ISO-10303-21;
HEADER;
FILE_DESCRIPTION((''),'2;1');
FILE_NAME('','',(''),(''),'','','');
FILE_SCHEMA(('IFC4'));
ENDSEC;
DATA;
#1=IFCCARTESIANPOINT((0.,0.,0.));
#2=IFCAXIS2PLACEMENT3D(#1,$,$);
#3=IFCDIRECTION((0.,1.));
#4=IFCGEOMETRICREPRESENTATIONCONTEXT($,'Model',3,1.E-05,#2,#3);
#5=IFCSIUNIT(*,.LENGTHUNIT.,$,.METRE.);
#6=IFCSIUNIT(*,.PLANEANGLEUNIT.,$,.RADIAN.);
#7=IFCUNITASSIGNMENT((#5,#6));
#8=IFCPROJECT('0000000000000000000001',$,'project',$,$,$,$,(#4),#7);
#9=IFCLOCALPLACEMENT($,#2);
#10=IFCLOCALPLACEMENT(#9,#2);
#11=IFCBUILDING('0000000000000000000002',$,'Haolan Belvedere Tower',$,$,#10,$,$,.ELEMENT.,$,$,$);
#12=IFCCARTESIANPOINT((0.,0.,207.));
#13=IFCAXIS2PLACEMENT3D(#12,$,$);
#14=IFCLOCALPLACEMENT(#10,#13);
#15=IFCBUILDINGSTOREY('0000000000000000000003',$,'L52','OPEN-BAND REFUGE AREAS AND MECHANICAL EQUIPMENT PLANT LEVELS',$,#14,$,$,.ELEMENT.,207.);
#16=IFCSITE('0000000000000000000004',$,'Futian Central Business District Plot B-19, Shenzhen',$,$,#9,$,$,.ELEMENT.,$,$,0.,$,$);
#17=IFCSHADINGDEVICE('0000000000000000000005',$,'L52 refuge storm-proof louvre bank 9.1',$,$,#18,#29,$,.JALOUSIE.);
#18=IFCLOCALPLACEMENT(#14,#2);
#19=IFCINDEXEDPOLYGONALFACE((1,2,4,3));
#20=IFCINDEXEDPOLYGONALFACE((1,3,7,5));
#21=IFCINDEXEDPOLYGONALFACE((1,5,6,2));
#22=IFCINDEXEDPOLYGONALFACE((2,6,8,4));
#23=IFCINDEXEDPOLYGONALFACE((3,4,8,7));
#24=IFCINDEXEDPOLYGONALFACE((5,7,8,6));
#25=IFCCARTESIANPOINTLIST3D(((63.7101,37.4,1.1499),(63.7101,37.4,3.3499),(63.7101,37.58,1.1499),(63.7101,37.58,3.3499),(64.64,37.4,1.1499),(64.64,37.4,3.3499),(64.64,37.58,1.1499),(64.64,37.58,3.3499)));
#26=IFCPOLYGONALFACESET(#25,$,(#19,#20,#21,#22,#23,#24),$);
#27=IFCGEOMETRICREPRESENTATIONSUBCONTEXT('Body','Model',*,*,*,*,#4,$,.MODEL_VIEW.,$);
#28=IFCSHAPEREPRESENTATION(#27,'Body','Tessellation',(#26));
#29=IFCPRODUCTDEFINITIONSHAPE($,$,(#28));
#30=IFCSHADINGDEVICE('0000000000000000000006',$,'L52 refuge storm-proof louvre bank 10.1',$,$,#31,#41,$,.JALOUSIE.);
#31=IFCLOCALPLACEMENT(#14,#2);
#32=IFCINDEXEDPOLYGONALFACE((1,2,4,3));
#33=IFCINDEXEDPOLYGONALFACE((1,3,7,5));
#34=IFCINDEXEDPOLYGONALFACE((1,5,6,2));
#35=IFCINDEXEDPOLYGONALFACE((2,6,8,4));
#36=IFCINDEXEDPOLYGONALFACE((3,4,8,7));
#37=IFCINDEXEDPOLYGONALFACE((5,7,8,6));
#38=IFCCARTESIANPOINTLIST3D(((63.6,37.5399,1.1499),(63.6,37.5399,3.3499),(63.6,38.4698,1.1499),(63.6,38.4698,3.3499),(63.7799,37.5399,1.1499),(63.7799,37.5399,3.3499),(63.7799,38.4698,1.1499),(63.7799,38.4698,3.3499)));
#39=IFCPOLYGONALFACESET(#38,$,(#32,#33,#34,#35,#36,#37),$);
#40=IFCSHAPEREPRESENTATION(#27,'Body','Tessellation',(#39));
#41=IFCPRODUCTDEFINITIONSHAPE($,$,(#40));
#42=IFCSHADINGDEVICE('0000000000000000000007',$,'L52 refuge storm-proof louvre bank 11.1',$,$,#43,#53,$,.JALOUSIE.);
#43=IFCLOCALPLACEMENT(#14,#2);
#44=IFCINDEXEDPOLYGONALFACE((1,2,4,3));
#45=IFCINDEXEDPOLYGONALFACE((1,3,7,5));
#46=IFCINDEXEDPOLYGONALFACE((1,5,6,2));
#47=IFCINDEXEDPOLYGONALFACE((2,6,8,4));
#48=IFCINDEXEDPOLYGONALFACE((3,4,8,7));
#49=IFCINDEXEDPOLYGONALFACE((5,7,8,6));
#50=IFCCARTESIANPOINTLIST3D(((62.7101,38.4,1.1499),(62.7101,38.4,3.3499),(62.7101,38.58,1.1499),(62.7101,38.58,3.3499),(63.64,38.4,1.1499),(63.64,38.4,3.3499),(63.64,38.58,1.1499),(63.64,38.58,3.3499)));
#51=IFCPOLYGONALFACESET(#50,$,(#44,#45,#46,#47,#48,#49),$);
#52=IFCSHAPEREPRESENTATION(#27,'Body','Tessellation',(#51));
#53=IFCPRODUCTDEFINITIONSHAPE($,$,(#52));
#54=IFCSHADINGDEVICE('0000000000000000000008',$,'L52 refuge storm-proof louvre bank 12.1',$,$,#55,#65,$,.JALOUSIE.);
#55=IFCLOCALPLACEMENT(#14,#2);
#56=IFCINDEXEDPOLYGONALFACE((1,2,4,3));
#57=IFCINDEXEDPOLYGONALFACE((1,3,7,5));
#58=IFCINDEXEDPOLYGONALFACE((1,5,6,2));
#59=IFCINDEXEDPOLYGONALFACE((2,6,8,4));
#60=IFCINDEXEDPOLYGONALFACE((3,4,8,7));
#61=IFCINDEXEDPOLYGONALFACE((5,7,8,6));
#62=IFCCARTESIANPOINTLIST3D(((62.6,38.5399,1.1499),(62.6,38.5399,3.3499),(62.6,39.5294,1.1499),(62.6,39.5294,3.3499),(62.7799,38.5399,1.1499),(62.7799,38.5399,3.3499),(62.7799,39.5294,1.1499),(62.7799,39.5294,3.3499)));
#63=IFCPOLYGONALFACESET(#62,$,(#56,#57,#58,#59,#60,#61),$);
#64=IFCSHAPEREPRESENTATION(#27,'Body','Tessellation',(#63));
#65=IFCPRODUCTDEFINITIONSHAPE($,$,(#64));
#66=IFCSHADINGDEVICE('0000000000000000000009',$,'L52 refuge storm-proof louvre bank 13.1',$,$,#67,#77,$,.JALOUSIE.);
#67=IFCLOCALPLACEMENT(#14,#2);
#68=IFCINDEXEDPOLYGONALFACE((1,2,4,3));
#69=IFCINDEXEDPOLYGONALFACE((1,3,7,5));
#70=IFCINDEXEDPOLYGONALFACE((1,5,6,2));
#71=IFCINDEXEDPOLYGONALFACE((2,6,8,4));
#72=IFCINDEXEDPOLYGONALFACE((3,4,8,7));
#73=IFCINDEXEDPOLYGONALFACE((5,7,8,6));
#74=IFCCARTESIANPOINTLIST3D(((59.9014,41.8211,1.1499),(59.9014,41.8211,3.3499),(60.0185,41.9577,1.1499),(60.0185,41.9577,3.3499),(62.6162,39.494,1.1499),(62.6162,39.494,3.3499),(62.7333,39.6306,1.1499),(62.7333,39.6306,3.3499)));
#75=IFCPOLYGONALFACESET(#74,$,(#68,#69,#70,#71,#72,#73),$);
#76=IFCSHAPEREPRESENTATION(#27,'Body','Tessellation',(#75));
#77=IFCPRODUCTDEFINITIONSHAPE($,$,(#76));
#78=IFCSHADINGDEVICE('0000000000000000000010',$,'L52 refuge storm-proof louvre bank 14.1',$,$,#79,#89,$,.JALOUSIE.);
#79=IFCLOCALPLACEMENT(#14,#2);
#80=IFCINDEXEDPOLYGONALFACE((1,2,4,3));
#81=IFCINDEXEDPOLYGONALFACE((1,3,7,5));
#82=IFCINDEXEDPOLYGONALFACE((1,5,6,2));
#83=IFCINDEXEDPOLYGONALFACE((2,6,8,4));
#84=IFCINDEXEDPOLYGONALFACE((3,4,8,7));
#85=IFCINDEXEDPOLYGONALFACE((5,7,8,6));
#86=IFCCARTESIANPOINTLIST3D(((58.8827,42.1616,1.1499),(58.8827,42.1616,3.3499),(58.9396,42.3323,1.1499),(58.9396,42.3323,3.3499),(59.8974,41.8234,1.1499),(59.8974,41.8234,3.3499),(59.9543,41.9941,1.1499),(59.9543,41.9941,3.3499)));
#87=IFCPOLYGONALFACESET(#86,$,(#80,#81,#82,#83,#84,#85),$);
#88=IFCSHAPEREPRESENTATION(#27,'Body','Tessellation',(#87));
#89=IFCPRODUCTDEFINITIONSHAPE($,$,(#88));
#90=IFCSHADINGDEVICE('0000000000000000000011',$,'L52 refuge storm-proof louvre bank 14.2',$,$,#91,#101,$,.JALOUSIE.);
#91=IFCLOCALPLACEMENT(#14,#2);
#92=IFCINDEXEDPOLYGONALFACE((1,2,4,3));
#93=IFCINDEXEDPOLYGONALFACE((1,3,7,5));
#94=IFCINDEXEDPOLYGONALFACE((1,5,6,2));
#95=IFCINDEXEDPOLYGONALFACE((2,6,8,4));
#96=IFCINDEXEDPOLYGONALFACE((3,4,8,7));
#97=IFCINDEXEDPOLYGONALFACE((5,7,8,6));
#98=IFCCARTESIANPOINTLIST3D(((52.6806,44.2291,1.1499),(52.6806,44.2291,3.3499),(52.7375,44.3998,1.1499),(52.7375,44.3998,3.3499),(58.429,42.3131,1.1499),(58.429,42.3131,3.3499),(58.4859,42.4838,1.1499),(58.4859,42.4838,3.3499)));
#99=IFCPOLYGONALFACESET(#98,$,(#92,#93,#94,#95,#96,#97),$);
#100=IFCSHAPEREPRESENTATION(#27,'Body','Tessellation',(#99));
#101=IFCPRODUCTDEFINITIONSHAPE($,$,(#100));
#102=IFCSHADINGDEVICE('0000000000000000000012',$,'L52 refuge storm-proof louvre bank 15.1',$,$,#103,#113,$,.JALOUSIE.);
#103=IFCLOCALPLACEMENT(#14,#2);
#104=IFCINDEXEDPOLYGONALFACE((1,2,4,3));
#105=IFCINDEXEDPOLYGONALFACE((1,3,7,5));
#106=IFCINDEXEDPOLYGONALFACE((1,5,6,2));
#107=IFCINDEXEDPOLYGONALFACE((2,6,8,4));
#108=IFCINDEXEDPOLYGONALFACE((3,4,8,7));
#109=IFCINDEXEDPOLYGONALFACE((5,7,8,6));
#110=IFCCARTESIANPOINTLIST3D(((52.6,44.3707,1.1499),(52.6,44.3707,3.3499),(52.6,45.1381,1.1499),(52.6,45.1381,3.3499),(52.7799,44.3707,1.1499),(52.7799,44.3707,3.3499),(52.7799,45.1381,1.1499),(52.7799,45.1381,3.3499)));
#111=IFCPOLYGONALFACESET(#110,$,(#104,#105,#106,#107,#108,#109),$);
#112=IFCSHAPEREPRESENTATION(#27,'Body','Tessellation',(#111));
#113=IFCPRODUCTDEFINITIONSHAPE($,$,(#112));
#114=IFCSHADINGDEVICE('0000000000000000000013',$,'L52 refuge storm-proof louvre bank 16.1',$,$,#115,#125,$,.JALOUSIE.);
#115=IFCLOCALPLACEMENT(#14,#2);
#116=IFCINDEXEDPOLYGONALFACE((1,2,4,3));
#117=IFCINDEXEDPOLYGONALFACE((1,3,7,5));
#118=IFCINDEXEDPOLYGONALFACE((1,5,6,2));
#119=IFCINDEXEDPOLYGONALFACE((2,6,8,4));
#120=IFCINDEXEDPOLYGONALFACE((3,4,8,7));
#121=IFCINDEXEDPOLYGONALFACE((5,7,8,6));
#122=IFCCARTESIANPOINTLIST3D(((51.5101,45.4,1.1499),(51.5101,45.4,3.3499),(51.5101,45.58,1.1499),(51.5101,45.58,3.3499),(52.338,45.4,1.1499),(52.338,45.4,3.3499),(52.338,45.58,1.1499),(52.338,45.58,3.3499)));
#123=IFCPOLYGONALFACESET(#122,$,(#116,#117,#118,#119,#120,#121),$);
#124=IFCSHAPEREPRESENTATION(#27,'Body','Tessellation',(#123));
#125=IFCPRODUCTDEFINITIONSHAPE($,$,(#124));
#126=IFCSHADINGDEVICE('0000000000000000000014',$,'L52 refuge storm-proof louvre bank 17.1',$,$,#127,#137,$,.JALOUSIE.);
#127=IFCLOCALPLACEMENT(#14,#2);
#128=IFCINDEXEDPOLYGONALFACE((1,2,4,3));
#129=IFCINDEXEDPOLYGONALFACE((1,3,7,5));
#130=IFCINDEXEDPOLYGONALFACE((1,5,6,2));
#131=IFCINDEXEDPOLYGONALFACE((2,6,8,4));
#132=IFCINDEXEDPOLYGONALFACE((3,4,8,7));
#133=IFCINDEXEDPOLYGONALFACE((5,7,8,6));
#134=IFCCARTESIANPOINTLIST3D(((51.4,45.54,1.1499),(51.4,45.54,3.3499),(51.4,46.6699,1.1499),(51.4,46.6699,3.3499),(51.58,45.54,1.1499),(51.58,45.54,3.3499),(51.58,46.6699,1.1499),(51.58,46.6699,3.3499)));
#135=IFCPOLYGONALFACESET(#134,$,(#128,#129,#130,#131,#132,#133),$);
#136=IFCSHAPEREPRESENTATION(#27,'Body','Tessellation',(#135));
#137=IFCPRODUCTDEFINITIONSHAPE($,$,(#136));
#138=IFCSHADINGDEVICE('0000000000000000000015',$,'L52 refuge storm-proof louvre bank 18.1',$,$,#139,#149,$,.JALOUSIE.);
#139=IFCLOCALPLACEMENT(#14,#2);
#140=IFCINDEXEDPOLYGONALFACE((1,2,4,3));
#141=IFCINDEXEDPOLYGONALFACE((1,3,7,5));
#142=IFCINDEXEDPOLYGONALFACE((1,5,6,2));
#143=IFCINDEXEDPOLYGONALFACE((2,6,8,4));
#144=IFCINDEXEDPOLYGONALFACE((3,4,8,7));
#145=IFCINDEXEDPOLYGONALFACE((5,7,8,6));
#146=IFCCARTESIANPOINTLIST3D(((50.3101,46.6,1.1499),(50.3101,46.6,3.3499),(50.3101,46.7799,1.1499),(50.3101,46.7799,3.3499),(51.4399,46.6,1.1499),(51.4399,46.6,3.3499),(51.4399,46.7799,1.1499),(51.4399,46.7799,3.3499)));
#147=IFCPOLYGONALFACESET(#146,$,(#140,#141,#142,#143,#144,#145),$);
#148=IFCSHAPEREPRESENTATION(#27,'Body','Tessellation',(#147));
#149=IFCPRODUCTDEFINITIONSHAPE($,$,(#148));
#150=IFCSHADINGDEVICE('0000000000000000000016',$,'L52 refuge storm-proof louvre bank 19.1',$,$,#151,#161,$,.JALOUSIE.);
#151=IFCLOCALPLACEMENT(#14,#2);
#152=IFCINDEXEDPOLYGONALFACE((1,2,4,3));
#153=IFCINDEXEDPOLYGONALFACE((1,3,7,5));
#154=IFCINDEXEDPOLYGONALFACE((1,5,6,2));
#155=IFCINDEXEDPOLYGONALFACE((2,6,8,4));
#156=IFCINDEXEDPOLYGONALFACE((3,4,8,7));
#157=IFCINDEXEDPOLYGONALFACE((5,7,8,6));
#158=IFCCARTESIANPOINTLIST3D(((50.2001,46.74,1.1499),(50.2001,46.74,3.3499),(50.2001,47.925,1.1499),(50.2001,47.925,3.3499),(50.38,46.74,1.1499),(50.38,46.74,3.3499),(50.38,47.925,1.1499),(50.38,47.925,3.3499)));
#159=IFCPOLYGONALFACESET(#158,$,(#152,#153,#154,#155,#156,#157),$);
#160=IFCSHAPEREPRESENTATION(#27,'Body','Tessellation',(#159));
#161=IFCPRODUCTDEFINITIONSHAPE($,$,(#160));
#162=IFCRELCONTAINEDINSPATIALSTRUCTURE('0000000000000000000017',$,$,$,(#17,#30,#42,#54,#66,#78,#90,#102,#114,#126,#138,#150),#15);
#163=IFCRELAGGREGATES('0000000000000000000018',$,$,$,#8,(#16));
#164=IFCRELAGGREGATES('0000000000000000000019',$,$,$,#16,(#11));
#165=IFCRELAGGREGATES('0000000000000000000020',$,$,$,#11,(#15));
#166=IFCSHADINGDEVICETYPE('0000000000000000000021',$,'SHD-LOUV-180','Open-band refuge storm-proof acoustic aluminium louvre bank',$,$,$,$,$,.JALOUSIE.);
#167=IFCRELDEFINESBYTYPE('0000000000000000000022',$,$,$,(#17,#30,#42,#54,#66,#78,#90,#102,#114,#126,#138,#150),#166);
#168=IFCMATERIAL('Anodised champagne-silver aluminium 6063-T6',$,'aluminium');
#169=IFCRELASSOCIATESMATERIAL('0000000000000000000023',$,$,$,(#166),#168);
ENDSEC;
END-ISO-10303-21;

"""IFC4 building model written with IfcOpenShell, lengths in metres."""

from ifc_helpers import new_model, si_unit, direction, frame, origin, origin_2d, place, context, subcontext, project, spatial, rectangle, extrude, material, type_object, element, save


model = new_model("IFC4")

# Units and contexts
model_context = context("Model", 3, precision=1e-05, world=origin(), true_north=direction((0.0, 1.0)))
body_context = subcontext(model_context, "Body", "Model", "MODEL_VIEW")
ifc_project = project(units=[si_unit("LENGTHUNIT", "METRE"), si_unit("PLANEANGLEUNIT", "RADIAN")], contexts=[model_context])

# Site, building, storey
site_placement = place(None, origin())
site = spatial("IfcSite", under=ifc_project, at=site_placement, Name="Futian Central Business District Plot B-19, Shenzhen", CompositionType="ELEMENT", RefElevation=0.0)
building_placement = place(site_placement, origin())
building = spatial("IfcBuilding", under=site, at=building_placement, Name="Haolan Belvedere Tower", CompositionType="ELEMENT")
storey_placement = place(building_placement, frame((0.0, 0.0, 207.0)))
storey = spatial("IfcBuildingStorey", under=building, at=storey_placement, Name="L52", Description="OPEN-BAND REFUGE AREAS AND MECHANICAL EQUIPMENT PLANT LEVELS", CompositionType="ELEMENT", Elevation=207.0)

# Shading devices
ifc_material_1 = material(Name="Anodised champagne-silver aluminium 6063-T6", Category="aluminium")
shading_device_type = type_object("IfcShadingDeviceType", Name="SHD-LOUV-180", Description="Open-band refuge storm-proof acoustic aluminium louvre bank", PredefinedType="JALOUSIE", material=ifc_material_1)
for number, where, z_axis, x_axis, name in (
    (1, (64.175, 37.49, 1.1499), (0.0, 0.0, 1.0), (-1.0, 0.0, 0.0), "L52 refuge storm-proof louvre bank 9.1"),
    (2, (63.6899, 38.0049, 1.1499), (0.0, 0.0, 1.0), (0.0, 1.0, 0.0), "L52 refuge storm-proof louvre bank 10.1"),
    (3, (63.175, 38.49, 1.1499), (0.0, 0.0, 1.0), (-1.0, 0.0, 0.0), "L52 refuge storm-proof louvre bank 11.1"),
):
    element("IfcShadingDevice", number, at=place(storey_placement, frame(where, z_axis=z_axis, x_axis=x_axis)), inside=storey, type_object=shading_device_type, Name=name, PredefinedType="JALOUSIE", context=body_context, shape_type="SweptSolid", body=[
        extrude(rectangle(XDim=0.9299, YDim=0.1799, at=origin_2d()), origin(), (0.0, 0.0, 1.0), 2.2),
    ])
shading_device_1_placement = place(storey_placement, frame((62.6899, 39.0347, 1.1499), z_axis=(0.0, 0.0, 1.0), x_axis=(0.0, 1.0, 0.0)))
element("IfcShadingDevice", 4, at=shading_device_1_placement, inside=storey, type_object=shading_device_type, Name="L52 refuge storm-proof louvre bank 12.1", PredefinedType="JALOUSIE", context=body_context, shape_type="SweptSolid", body=[
    extrude(rectangle(XDim=0.9895, YDim=0.1799, at=origin_2d()), origin(), (0.0, 0.0, 1.0), 2.2),
])
shading_device_2_placement = place(storey_placement, frame((61.3174, 40.7258, 1.1499), z_axis=(0.0, 0.0, 1.0), x_axis=(-0.759249, 0.650801, 0.0)))
element("IfcShadingDevice", 5, at=shading_device_2_placement, inside=storey, type_object=shading_device_type, Name="L52 refuge storm-proof louvre bank 13.1", PredefinedType="JALOUSIE", context=body_context, shape_type="SweptSolid", body=[
    extrude(rectangle(XDim=3.5757, YDim=0.1799, at=origin_2d()), origin(), (0.0, 0.0, 1.0), 2.2),
])
shading_device_3_placement = place(storey_placement, frame((59.4185, 42.0779, 1.1499), z_axis=(0.0, 0.0, 1.0), x_axis=(-0.948694, 0.316195, 0.0)))
element("IfcShadingDevice", 6, at=shading_device_3_placement, inside=storey, type_object=shading_device_type, Name="L52 refuge storm-proof louvre bank 14.1", PredefinedType="JALOUSIE", context=body_context, shape_type="SweptSolid", body=[
    extrude(rectangle(XDim=1.0696, YDim=0.1799, at=origin_2d()), origin(), (0.0, 0.0, 1.0), 2.2),
])
shading_device_4_placement = place(storey_placement, frame((55.5833, 43.3564, 1.1499), z_axis=(0.0, 0.0, 1.0), x_axis=(-0.948689, 0.316212, 0.0)))
element("IfcShadingDevice", 7, at=shading_device_4_placement, inside=storey, type_object=shading_device_type, Name="L52 refuge storm-proof louvre bank 14.2", PredefinedType="JALOUSIE", context=body_context, shape_type="SweptSolid", body=[
    extrude(rectangle(XDim=6.0593, YDim=0.1799, at=origin_2d()), origin(), (0.0, 0.0, 1.0), 2.2),
])
shading_device_5_placement = place(storey_placement, frame((52.6899, 44.7544, 1.1499), z_axis=(0.0, 0.0, 1.0), x_axis=(0.0, 1.0, 0.0)))
element("IfcShadingDevice", 8, at=shading_device_5_placement, inside=storey, type_object=shading_device_type, Name="L52 refuge storm-proof louvre bank 15.1", PredefinedType="JALOUSIE", context=body_context, shape_type="SweptSolid", body=[
    extrude(rectangle(XDim=0.7673, YDim=0.1799, at=origin_2d()), origin(), (0.0, 0.0, 1.0), 2.2),
])
shading_device_6_placement = place(storey_placement, frame((51.9241, 45.49, 1.1499), z_axis=(0.0, 0.0, 1.0), x_axis=(-1.0, 0.0, 0.0)))
element("IfcShadingDevice", 9, at=shading_device_6_placement, inside=storey, type_object=shading_device_type, Name="L52 refuge storm-proof louvre bank 16.1", PredefinedType="JALOUSIE", context=body_context, shape_type="SweptSolid", body=[
    extrude(rectangle(XDim=0.8279, YDim=0.1799, at=origin_2d()), origin(), (0.0, 0.0, 1.0), 2.2),
])
for number, where, z_axis, x_axis, name in (
    (10, (51.49, 46.105, 1.1499), (0.0, 0.0, 1.0), (0.0, 1.0, 0.0), "L52 refuge storm-proof louvre bank 17.1"),
    (11, (50.875, 46.6899, 1.1499), (0.0, 0.0, 1.0), (-1.0, 0.0, 0.0), "L52 refuge storm-proof louvre bank 18.1"),
):
    element("IfcShadingDevice", number, at=place(storey_placement, frame(where, z_axis=z_axis, x_axis=x_axis)), inside=storey, type_object=shading_device_type, Name=name, PredefinedType="JALOUSIE", context=body_context, shape_type="SweptSolid", body=[
        extrude(rectangle(XDim=1.1299, YDim=0.1799, at=origin_2d()), origin(), (0.0, 0.0, 1.0), 2.2),
    ])
shading_device_7_placement = place(storey_placement, frame((50.29, 47.3325, 1.1499), z_axis=(0.0, 0.0, 1.0), x_axis=(0.0, 1.0, 0.0)))
element("IfcShadingDevice", 12, at=shading_device_7_placement, inside=storey, type_object=shading_device_type, Name="L52 refuge storm-proof louvre bank 19.1", PredefinedType="JALOUSIE", context=body_context, shape_type="SweptSolid", body=[
    extrude(rectangle(XDim=1.1851, YDim=0.1799, at=origin_2d()), origin(), (0.0, 0.0, 1.0), 2.2),
])

save(model, "model.ifc")
